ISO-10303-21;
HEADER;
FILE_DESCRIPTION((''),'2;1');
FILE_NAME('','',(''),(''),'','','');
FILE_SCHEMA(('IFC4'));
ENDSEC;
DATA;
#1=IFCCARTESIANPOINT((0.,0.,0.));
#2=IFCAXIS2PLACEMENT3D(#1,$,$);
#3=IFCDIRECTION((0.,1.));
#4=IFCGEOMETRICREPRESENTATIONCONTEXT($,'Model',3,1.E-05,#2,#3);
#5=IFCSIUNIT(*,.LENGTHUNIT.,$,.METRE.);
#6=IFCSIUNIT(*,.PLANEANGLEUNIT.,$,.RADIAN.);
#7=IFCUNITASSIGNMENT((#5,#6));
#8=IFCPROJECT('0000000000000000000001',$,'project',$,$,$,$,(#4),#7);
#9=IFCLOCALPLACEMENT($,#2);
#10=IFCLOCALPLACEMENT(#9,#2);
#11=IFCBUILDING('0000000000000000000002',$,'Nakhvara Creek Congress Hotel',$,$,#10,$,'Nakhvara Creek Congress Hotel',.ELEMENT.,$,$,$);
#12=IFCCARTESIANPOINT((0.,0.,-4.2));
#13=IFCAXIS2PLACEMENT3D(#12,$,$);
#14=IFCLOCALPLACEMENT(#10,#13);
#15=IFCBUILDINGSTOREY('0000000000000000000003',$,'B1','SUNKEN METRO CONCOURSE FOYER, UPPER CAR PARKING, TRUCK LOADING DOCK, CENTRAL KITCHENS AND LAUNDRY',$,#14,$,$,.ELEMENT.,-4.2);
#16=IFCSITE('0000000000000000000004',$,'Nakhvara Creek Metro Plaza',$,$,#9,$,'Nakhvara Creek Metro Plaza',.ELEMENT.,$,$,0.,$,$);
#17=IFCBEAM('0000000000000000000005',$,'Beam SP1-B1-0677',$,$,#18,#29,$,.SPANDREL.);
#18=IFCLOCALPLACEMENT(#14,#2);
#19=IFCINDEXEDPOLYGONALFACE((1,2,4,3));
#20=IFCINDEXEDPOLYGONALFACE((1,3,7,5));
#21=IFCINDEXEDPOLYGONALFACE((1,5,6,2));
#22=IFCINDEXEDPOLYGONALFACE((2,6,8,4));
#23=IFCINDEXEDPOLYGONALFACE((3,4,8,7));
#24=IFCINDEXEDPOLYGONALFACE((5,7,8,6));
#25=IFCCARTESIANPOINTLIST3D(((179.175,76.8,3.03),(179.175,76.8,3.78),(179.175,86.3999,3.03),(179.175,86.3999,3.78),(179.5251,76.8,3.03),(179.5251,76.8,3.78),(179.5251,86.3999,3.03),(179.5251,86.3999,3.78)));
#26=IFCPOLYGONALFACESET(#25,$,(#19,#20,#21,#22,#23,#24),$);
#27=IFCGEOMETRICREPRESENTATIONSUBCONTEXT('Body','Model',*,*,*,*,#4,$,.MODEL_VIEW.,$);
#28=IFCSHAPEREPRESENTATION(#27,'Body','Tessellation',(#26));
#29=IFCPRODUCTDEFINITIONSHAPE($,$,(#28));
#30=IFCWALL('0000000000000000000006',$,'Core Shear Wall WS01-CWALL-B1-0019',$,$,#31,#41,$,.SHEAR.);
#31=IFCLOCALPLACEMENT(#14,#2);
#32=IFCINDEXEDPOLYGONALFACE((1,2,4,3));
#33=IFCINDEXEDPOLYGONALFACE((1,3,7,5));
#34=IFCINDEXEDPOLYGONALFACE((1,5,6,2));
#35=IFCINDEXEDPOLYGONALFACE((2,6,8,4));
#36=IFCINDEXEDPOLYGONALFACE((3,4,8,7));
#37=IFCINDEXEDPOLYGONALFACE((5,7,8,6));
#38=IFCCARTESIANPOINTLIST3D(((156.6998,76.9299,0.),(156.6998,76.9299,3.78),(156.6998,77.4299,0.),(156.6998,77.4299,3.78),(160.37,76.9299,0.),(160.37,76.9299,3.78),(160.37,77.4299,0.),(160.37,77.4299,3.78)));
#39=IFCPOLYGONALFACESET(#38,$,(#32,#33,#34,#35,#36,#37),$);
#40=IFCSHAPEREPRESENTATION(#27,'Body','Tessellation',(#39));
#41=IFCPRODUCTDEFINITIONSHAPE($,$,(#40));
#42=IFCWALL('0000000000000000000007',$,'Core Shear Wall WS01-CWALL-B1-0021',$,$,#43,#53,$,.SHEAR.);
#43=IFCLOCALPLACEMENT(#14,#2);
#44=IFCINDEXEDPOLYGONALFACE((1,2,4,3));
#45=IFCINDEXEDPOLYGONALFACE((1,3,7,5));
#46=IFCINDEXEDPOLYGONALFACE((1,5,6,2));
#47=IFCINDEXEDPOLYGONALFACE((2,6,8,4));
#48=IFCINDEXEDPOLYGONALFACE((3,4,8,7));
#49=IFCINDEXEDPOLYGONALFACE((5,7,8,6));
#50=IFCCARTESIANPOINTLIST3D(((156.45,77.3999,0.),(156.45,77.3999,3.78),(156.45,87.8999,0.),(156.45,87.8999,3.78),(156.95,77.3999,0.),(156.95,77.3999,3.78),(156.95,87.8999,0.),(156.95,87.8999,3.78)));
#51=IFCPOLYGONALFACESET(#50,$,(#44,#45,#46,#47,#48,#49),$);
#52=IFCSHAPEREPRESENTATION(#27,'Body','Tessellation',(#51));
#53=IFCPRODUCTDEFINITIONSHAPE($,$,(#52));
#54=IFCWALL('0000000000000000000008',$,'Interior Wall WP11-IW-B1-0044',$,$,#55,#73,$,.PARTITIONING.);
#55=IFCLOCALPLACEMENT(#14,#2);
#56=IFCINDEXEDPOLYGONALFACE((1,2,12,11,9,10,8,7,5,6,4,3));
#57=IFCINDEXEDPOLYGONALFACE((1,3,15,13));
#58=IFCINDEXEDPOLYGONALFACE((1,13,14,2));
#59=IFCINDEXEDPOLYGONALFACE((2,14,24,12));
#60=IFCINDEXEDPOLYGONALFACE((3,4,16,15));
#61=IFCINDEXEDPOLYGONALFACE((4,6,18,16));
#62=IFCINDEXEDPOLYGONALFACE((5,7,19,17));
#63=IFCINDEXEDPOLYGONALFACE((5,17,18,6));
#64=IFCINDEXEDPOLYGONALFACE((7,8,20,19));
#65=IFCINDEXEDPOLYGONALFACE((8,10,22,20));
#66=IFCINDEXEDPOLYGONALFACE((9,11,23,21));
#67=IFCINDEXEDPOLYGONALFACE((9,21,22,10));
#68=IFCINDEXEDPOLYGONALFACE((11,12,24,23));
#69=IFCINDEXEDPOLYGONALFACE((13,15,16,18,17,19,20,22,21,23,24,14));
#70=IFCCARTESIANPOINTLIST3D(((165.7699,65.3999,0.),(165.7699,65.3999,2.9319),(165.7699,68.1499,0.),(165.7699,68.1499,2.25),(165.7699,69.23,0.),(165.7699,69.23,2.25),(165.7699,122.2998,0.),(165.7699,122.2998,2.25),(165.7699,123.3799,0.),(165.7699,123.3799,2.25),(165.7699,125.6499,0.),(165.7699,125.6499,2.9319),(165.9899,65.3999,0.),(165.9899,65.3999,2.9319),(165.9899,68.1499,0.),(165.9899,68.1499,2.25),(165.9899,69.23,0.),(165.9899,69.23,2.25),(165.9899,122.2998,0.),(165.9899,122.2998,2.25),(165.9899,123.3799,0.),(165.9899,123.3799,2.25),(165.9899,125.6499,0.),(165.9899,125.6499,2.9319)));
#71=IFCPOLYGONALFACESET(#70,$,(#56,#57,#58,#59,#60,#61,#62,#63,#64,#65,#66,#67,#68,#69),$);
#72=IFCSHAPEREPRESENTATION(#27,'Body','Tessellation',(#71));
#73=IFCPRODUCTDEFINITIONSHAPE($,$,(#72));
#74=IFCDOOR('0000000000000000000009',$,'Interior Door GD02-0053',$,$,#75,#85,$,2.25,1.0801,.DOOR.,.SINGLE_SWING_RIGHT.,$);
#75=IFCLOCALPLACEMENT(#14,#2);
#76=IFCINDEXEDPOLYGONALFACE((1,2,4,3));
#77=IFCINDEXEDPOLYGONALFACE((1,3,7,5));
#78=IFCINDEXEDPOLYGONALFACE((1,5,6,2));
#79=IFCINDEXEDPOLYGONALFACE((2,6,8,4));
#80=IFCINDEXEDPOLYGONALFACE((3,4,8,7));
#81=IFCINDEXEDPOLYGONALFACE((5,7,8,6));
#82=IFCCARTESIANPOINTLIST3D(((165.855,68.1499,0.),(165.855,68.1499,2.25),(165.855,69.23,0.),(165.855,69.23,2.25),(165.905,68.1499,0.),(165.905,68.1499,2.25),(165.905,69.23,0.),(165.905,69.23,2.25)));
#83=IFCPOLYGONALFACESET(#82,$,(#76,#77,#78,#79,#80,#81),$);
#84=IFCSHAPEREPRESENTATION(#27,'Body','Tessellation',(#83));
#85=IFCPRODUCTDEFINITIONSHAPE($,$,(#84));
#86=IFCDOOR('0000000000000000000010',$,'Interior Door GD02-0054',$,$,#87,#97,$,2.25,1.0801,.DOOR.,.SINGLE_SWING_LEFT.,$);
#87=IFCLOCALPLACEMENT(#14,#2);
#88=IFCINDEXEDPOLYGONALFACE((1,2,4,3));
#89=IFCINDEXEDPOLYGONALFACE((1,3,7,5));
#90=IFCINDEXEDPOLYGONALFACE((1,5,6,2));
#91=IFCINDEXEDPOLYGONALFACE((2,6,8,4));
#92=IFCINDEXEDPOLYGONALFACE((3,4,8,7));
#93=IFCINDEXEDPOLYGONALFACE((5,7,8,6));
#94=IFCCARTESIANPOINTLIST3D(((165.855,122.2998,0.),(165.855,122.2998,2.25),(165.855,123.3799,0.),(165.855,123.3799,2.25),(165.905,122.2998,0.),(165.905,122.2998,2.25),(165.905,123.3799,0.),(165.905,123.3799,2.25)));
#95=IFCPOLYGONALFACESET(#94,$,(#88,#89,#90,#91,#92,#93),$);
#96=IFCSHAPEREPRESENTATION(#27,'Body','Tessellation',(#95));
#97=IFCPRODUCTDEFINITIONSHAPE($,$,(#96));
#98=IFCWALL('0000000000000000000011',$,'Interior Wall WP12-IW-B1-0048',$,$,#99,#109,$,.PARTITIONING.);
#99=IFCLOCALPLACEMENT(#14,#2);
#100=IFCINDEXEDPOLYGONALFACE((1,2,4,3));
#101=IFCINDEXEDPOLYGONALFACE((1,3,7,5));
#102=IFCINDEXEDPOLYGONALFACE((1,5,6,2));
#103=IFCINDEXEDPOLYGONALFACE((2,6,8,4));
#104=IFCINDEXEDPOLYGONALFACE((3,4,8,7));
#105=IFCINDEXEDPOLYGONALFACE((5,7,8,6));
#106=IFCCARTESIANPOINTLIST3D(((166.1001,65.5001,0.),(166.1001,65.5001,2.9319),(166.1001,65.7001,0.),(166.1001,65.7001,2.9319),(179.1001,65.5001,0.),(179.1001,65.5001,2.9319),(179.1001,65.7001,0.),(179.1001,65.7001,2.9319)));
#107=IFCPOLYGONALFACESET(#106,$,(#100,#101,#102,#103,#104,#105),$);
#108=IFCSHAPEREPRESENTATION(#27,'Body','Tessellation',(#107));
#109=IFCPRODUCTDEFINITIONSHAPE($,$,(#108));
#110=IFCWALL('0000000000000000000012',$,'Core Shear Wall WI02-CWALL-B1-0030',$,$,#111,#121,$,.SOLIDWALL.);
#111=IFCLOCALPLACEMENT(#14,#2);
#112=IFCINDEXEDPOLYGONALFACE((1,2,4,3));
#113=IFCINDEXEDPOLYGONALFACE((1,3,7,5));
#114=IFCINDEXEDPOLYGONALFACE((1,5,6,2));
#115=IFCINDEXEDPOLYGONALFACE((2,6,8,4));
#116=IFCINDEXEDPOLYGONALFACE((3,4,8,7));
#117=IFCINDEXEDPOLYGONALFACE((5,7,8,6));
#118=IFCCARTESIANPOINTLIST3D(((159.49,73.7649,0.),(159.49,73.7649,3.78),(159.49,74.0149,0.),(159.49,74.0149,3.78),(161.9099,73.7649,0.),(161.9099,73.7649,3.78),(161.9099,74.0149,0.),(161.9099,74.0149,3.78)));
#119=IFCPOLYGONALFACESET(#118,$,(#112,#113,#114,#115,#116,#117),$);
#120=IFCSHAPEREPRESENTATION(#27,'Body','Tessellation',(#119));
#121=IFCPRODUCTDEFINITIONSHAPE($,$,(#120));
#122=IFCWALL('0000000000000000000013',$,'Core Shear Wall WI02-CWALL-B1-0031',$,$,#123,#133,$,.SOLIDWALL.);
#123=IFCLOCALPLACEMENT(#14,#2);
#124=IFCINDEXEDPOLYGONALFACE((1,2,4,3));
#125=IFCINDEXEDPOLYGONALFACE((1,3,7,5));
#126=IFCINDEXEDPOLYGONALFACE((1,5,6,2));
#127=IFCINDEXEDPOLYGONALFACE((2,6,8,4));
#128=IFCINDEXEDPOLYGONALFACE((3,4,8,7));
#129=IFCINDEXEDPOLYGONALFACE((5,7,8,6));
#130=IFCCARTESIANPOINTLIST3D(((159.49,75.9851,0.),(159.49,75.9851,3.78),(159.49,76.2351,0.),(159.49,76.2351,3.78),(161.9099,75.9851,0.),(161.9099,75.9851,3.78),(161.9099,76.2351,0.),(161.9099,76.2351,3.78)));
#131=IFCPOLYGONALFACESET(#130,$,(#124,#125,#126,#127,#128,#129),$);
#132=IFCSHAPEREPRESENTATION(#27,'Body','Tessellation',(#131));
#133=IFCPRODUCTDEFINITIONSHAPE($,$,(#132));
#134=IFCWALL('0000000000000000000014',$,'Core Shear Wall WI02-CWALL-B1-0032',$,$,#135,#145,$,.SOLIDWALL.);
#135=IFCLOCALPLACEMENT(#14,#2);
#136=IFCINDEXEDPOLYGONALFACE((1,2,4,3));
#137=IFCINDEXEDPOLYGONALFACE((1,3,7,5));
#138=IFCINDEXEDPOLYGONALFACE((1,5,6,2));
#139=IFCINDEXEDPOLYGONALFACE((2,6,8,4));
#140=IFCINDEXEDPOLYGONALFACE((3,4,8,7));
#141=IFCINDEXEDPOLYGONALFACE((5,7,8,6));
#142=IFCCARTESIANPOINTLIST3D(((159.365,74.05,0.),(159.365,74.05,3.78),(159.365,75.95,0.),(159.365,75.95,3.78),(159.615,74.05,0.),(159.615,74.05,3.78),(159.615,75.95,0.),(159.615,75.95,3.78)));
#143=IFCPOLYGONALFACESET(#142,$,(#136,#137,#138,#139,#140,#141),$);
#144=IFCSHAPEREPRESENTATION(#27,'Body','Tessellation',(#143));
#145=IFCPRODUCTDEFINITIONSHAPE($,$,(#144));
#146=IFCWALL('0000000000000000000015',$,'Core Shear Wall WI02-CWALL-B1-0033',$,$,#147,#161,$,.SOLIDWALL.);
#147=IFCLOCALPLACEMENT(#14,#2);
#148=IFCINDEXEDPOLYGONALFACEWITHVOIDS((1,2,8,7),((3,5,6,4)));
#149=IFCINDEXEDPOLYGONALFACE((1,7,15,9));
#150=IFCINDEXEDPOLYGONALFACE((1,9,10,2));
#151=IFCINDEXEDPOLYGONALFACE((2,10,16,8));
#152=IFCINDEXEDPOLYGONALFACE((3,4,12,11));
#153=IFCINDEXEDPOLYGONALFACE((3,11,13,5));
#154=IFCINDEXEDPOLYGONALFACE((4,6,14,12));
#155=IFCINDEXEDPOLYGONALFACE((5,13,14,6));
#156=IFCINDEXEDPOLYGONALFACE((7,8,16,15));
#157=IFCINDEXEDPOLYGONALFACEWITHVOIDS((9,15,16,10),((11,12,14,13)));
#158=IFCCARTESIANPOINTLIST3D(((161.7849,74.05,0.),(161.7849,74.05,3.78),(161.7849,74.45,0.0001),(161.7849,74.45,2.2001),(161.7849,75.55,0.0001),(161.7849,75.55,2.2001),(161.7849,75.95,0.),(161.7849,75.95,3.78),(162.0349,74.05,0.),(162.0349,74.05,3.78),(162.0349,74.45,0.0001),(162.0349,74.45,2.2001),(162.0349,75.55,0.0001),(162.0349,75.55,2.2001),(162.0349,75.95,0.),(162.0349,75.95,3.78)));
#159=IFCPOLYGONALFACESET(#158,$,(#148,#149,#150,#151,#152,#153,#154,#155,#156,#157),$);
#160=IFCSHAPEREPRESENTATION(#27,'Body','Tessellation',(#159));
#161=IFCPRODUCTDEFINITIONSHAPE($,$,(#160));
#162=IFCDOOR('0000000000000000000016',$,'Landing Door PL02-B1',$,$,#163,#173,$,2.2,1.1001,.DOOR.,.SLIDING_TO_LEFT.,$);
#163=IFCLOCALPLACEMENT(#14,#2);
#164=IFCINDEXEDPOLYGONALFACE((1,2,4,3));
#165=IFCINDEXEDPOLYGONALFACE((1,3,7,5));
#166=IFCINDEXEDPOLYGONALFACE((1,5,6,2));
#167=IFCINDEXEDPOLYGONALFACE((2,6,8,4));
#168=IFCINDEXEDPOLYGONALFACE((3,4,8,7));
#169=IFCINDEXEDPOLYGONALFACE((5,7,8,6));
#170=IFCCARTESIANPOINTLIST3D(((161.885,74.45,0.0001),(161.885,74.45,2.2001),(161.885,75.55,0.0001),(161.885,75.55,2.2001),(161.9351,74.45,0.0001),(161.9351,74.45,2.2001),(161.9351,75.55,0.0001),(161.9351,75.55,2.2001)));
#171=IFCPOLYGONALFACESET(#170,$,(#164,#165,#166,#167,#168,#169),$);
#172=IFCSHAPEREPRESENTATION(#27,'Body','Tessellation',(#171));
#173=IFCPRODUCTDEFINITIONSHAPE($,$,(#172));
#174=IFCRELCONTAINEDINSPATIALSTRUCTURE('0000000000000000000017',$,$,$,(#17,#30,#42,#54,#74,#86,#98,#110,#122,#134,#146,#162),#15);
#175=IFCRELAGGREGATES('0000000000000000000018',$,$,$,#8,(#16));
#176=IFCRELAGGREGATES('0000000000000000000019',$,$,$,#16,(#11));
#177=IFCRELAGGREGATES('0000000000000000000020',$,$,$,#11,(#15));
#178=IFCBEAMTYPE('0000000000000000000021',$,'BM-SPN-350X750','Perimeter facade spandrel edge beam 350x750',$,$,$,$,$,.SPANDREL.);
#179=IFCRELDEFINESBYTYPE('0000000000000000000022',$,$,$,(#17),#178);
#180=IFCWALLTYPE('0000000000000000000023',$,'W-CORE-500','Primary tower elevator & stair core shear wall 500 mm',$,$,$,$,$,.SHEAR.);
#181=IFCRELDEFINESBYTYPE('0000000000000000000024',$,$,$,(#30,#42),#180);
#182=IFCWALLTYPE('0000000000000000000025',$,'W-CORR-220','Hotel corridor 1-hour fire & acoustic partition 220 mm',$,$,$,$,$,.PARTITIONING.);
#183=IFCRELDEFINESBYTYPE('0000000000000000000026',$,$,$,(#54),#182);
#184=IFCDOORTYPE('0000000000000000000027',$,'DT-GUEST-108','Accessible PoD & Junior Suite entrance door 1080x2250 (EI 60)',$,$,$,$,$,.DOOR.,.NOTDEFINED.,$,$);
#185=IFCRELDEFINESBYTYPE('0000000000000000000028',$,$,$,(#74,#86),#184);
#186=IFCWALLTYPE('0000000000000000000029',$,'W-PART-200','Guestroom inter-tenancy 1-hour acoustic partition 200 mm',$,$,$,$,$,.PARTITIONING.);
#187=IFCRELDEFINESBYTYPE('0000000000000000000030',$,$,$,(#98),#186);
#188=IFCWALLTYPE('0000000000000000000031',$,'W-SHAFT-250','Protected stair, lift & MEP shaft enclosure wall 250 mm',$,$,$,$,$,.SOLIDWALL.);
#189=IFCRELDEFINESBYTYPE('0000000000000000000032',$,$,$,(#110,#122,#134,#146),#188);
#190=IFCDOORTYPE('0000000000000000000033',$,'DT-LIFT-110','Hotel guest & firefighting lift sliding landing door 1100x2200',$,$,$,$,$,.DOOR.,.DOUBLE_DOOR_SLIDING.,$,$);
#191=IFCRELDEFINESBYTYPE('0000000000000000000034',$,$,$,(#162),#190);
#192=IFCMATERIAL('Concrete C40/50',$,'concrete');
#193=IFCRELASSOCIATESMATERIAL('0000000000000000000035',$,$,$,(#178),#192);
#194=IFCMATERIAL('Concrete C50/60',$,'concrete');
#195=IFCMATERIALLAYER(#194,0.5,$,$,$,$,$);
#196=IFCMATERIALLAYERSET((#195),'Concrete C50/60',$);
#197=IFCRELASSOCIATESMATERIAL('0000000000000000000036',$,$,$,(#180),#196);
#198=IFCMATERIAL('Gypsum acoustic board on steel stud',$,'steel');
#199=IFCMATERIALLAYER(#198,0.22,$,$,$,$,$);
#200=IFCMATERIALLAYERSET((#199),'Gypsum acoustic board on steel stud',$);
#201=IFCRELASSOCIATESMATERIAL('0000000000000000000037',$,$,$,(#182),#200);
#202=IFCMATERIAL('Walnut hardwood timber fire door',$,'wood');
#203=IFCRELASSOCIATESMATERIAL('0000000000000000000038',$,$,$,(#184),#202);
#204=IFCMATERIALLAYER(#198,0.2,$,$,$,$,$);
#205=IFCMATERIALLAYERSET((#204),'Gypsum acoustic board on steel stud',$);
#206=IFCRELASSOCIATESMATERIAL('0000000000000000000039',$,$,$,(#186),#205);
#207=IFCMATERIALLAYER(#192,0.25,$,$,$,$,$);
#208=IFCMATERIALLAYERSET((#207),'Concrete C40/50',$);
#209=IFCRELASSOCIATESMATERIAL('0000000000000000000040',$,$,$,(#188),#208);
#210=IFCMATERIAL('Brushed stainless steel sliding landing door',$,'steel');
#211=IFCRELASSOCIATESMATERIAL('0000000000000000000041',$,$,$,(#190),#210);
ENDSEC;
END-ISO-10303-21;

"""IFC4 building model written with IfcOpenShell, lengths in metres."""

from ifc_helpers import new_model, si_unit, direction, frame, frame_2d, origin, origin_2d, place, context, subcontext, project, spatial, rectangle, extrude, material, layer, layer_set, material_profile, profile_set, type_object, element, fill, save


model = new_model("IFC4")

# Units and contexts
model_context = context("Model", 3, precision=1e-05, world=origin(), true_north=direction((0.0, 1.0)))
body_context = subcontext(model_context, "Body", "Model", "MODEL_VIEW")
ifc_project = project(units=[si_unit("LENGTHUNIT", "METRE"), si_unit("PLANEANGLEUNIT", "RADIAN")], contexts=[model_context])

# Site, building, storey
site_placement = place(None, origin())
site = spatial("IfcSite", under=ifc_project, at=site_placement, Name="Nakhvara Creek Metro Plaza", LongName="Nakhvara Creek Metro Plaza", CompositionType="ELEMENT", RefElevation=0.0)
building_placement = place(site_placement, origin())
building = spatial("IfcBuilding", under=site, at=building_placement, Name="Nakhvara Creek Congress Hotel", LongName="Nakhvara Creek Congress Hotel", CompositionType="ELEMENT")
storey_placement = place(building_placement, frame((0.0, 0.0, -4.2)))
storey = spatial("IfcBuildingStorey", under=building, at=storey_placement, Name="B1", Description="SUNKEN METRO CONCOURSE FOYER, UPPER CAR PARKING, TRUCK LOADING DOCK, CENTRAL KITCHENS AND LAUNDRY", CompositionType="ELEMENT", Elevation=-4.2)

# Shared definitions
ifc_material_1 = material(Name="Concrete C50/60", Category="concrete")

# Beam
ifc_material_2 = material(Name="Concrete C40/50", Category="concrete")
ifc_material_profile_1 = material_profile(ifc_material_2, rectangle(XDim=0.3501, YDim=0.75, at=origin_2d()), Name="RC-SPANDREL 350x750", Category="LoadBearing")
ifc_profile_set_1 = profile_set([ifc_material_profile_1], Name="Concrete C40/50")
beam_type_1 = type_object("IfcBeamType", Name="BM-SPN-350X750", Description="Perimeter facade spandrel edge beam 350x750", PredefinedType="SPANDREL", material=ifc_profile_set_1)
beam_1_placement = place(storey_placement, frame((179.3501, 76.8, 3.405), z_axis=(0.0, 1.0, 0.0), x_axis=(-1.0, 0.0, 0.0)))
element("IfcBeam", 1, at=beam_1_placement, inside=storey, type_object=beam_type_1, Name="Beam SP1-B1-0677", PredefinedType="SPANDREL", context=body_context, shape_type="SweptSolid", body=[
    extrude(rectangle(XDim=0.3501, YDim=0.75, at=origin_2d()), origin(), (0.0, 0.0, 1.0), 9.5999),
])

# Walls
ifc_layer_1 = layer(ifc_material_1, 0.5)
ifc_layer_set_1 = layer_set([ifc_layer_1], Name="Concrete C50/60")
wall_type_1 = type_object("IfcWallType", Name="W-CORE-500", Description="Primary tower elevator & stair core shear wall 500 mm", PredefinedType="SHEAR", material=ifc_layer_set_1)
wall_1_placement = place(storey_placement, frame((156.7, 77.1799, 0.0), z_axis=(0.0, 0.0, 1.0), x_axis=(1.0, 0.0, 0.0)))
element("IfcWall", 2, at=wall_1_placement, inside=storey, type_object=wall_type_1, Name="Core Shear Wall WS01-CWALL-B1-0019", PredefinedType="SHEAR", context=body_context, shape_type="SweptSolid", body=[
    extrude(rectangle(XDim=3.6702, YDim=0.5, at=frame_2d((1.835, 0.0))), origin(), (0.0, 0.0, 1.0), 3.78),
])
wall_2_placement = place(storey_placement, frame((156.7, 77.3999, 0.0), z_axis=(0.0, 0.0, 1.0), x_axis=(0.0, 1.0, 0.0)))
element("IfcWall", 3, at=wall_2_placement, inside=storey, type_object=wall_type_1, Name="Core Shear Wall WS01-CWALL-B1-0021", PredefinedType="SHEAR", context=body_context, shape_type="SweptSolid", body=[
    extrude(rectangle(XDim=10.5, YDim=0.5, at=frame_2d((5.25, 0.0))), origin(), (0.0, 0.0, 1.0), 3.78),
])

# Wall, openings, doors
ifc_material_3 = material(Name="Gypsum acoustic board on steel stud", Category="steel")
ifc_layer_2 = layer(ifc_material_3, 0.22)
ifc_layer_set_2 = layer_set([ifc_layer_2], Name="Gypsum acoustic board on steel stud")
wall_type_2 = type_object("IfcWallType", Name="W-CORR-220", Description="Hotel corridor 1-hour fire & acoustic partition 220 mm", PredefinedType="PARTITIONING", material=ifc_layer_set_2)
wall_3_placement = place(storey_placement, frame((165.8799, 65.3999, 0.0), z_axis=(0.0, 0.0, 1.0), x_axis=(0.0, 1.0, 0.0)))
wall_3 = element("IfcWall", 4, at=wall_3_placement, inside=storey, type_object=wall_type_2, Name="Interior Wall WP11-IW-B1-0044", PredefinedType="PARTITIONING", context=body_context, shape_type="SweptSolid", body=[
    extrude(rectangle(XDim=60.25, YDim=0.22, at=frame_2d((30.125, 0.0))), origin(), (0.0, 0.0, 1.0), 2.9319),
])
opening_1_placement = place(wall_3_placement, frame((2.75, 0.0, 0.0)))
opening_1 = element("IfcOpeningElement", 5, at=opening_1_placement, cuts=wall_3, PredefinedType="OPENING", context=body_context, shape_type="SweptSolid", body=[
    extrude(rectangle(XDim=1.0801, YDim=2.25, at=frame_2d((0.54, 1.125))), frame((0.0, 0.1221, 0.0), z_axis=(0.0, -1.0, 0.0), x_axis=(1.0, 0.0, 0.0)), (0.0, 0.0, 1.0), 0.2439),
])
opening_2_placement = place(wall_3_placement, frame((56.8999, 0.0, 0.0)))
opening_2 = element("IfcOpeningElement", 6, at=opening_2_placement, cuts=wall_3, PredefinedType="OPENING", context=body_context, shape_type="SweptSolid", body=[
    extrude(rectangle(XDim=1.0801, YDim=2.25, at=frame_2d((0.54, 1.125))), frame((0.0, 0.1221, 0.0), z_axis=(0.0, -1.0, 0.0), x_axis=(1.0, 0.0, 0.0)), (0.0, 0.0, 1.0), 0.2439),
])
ifc_material_4 = material(Name="Walnut hardwood timber fire door", Category="wood")
door_type_1 = type_object("IfcDoorType", Name="DT-GUEST-108", Description="Accessible PoD & Junior Suite entrance door 1080x2250 (EI 60)", OperationType="NOTDEFINED", PredefinedType="DOOR", material=ifc_material_4)
door_1_placement = place(opening_1_placement, origin())
door_1 = element("IfcDoor", 7, at=door_1_placement, inside=storey, type_object=door_type_1, Name="Interior Door GD02-0053", OperationType="SINGLE_SWING_RIGHT", OverallHeight=2.25, OverallWidth=1.0801, PredefinedType="DOOR", context=body_context, shape_type="SweptSolid", body=[
    extrude(rectangle(XDim=1.0801, YDim=2.25, at=frame_2d((0.54, 1.125))), frame((0.0, 0.0249, 0.0), z_axis=(0.0, -1.0, 0.0), x_axis=(1.0, 0.0, 0.0)), (0.0, 0.0, 1.0), 0.05),
])
fill(opening_1, door_1)
door_2_placement = place(opening_2_placement, origin())
door_2 = element("IfcDoor", 8, at=door_2_placement, inside=storey, type_object=door_type_1, Name="Interior Door GD02-0054", OperationType="SINGLE_SWING_LEFT", OverallHeight=2.25, OverallWidth=1.0801, PredefinedType="DOOR", context=body_context, shape_type="SweptSolid", body=[
    extrude(rectangle(XDim=1.0801, YDim=2.25, at=frame_2d((0.54, 1.125))), frame((0.0, 0.0249, 0.0), z_axis=(0.0, -1.0, 0.0), x_axis=(1.0, 0.0, 0.0)), (0.0, 0.0, 1.0), 0.05),
])
fill(opening_2, door_2)

# Walls
ifc_layer_3 = layer(ifc_material_3, 0.2)
ifc_layer_set_3 = layer_set([ifc_layer_3], Name="Gypsum acoustic board on steel stud")
wall_type_3 = type_object("IfcWallType", Name="W-PART-200", Description="Guestroom inter-tenancy 1-hour acoustic partition 200 mm", PredefinedType="PARTITIONING", material=ifc_layer_set_3)
wall_4_placement = place(storey_placement, frame((166.1001, 65.6001, 0.0), z_axis=(0.0, 0.0, 1.0), x_axis=(1.0, 0.0, 0.0)))
element("IfcWall", 9, at=wall_4_placement, inside=storey, type_object=wall_type_3, Name="Interior Wall WP12-IW-B1-0048", PredefinedType="PARTITIONING", context=body_context, shape_type="SweptSolid", body=[
    extrude(rectangle(XDim=13.0, YDim=0.2, at=frame_2d((6.5, 0.0))), origin(), (0.0, 0.0, 1.0), 2.9319),
])
ifc_layer_4 = layer(ifc_material_2, 0.25)
ifc_layer_set_4 = layer_set([ifc_layer_4], Name="Concrete C40/50")
wall_type_4 = type_object("IfcWallType", Name="W-SHAFT-250", Description="Protected stair, lift & MEP shaft enclosure wall 250 mm", PredefinedType="SOLIDWALL", material=ifc_layer_set_4)
for number, where, z_axis, x_axis, name in (
    (10, (159.49, 73.8899, 0.0), (0.0, 0.0, 1.0), (1.0, 0.0, 0.0), "Core Shear Wall WI02-CWALL-B1-0030"),
    (11, (159.49, 76.1101, 0.0), (0.0, 0.0, 1.0), (1.0, 0.0, 0.0), "Core Shear Wall WI02-CWALL-B1-0031"),
):
    element("IfcWall", number, at=place(storey_placement, frame(where, z_axis=z_axis, x_axis=x_axis)), inside=storey, type_object=wall_type_4, Name=name, PredefinedType="SOLIDWALL", context=body_context, shape_type="SweptSolid", body=[
        extrude(rectangle(XDim=2.4199, YDim=0.25, at=frame_2d((1.21, 0.0))), origin(), (0.0, 0.0, 1.0), 3.78),
    ])
wall_5_placement = place(storey_placement, frame((159.49, 74.05, 0.0), z_axis=(0.0, 0.0, 1.0), x_axis=(0.0, 1.0, 0.0)))
element("IfcWall", 12, at=wall_5_placement, inside=storey, type_object=wall_type_4, Name="Core Shear Wall WI02-CWALL-B1-0032", PredefinedType="SOLIDWALL", context=body_context, shape_type="SweptSolid", body=[
    extrude(rectangle(XDim=1.8999, YDim=0.25, at=frame_2d((0.95, 0.0))), origin(), (0.0, 0.0, 1.0), 3.78),
])

# Wall, opening, door
wall_6_placement = place(storey_placement, frame((161.9099, 74.05, 0.0), z_axis=(0.0, 0.0, 1.0), x_axis=(0.0, 1.0, 0.0)))
wall_6 = element("IfcWall", 13, at=wall_6_placement, inside=storey, type_object=wall_type_4, Name="Core Shear Wall WI02-CWALL-B1-0033", PredefinedType="SOLIDWALL", context=body_context, shape_type="SweptSolid", body=[
    extrude(rectangle(XDim=1.8999, YDim=0.25, at=frame_2d((0.95, 0.0))), origin(), (0.0, 0.0, 1.0), 3.78),
])
opening_3_placement = place(wall_6_placement, frame((0.3999, 0.0, 0.0)))
opening_3 = element("IfcOpeningElement", 14, at=opening_3_placement, cuts=wall_6, PredefinedType="OPENING", context=body_context, shape_type="SweptSolid", body=[
    extrude(rectangle(XDim=1.1001, YDim=2.2, at=frame_2d((0.55, 1.1001))), frame((0.0, 0.137, 0.0), z_axis=(0.0, -1.0, 0.0), x_axis=(1.0, 0.0, 0.0)), (0.0, 0.0, 1.0), 0.2739),
])
ifc_material_5 = material(Name="Brushed stainless steel sliding landing door", Category="steel")
door_type_2 = type_object("IfcDoorType", Name="DT-LIFT-110", Description="Hotel guest & firefighting lift sliding landing door 1100x2200", OperationType="DOUBLE_DOOR_SLIDING", PredefinedType="DOOR", material=ifc_material_5)
door_3_placement = place(opening_3_placement, origin())
door_3 = element("IfcDoor", 15, at=door_3_placement, inside=storey, type_object=door_type_2, Name="Landing Door PL02-B1", OperationType="SLIDING_TO_LEFT", OverallHeight=2.2, OverallWidth=1.1001, PredefinedType="DOOR", context=body_context, shape_type="SweptSolid", body=[
    extrude(rectangle(XDim=1.1001, YDim=2.2, at=frame_2d((0.55, 1.1001))), frame((0.0, 0.0249, 0.0), z_axis=(0.0, -1.0, 0.0), x_axis=(1.0, 0.0, 0.0)), (0.0, 0.0, 1.0), 0.05),
])
fill(opening_3, door_3)

save(model, "model.ifc")
